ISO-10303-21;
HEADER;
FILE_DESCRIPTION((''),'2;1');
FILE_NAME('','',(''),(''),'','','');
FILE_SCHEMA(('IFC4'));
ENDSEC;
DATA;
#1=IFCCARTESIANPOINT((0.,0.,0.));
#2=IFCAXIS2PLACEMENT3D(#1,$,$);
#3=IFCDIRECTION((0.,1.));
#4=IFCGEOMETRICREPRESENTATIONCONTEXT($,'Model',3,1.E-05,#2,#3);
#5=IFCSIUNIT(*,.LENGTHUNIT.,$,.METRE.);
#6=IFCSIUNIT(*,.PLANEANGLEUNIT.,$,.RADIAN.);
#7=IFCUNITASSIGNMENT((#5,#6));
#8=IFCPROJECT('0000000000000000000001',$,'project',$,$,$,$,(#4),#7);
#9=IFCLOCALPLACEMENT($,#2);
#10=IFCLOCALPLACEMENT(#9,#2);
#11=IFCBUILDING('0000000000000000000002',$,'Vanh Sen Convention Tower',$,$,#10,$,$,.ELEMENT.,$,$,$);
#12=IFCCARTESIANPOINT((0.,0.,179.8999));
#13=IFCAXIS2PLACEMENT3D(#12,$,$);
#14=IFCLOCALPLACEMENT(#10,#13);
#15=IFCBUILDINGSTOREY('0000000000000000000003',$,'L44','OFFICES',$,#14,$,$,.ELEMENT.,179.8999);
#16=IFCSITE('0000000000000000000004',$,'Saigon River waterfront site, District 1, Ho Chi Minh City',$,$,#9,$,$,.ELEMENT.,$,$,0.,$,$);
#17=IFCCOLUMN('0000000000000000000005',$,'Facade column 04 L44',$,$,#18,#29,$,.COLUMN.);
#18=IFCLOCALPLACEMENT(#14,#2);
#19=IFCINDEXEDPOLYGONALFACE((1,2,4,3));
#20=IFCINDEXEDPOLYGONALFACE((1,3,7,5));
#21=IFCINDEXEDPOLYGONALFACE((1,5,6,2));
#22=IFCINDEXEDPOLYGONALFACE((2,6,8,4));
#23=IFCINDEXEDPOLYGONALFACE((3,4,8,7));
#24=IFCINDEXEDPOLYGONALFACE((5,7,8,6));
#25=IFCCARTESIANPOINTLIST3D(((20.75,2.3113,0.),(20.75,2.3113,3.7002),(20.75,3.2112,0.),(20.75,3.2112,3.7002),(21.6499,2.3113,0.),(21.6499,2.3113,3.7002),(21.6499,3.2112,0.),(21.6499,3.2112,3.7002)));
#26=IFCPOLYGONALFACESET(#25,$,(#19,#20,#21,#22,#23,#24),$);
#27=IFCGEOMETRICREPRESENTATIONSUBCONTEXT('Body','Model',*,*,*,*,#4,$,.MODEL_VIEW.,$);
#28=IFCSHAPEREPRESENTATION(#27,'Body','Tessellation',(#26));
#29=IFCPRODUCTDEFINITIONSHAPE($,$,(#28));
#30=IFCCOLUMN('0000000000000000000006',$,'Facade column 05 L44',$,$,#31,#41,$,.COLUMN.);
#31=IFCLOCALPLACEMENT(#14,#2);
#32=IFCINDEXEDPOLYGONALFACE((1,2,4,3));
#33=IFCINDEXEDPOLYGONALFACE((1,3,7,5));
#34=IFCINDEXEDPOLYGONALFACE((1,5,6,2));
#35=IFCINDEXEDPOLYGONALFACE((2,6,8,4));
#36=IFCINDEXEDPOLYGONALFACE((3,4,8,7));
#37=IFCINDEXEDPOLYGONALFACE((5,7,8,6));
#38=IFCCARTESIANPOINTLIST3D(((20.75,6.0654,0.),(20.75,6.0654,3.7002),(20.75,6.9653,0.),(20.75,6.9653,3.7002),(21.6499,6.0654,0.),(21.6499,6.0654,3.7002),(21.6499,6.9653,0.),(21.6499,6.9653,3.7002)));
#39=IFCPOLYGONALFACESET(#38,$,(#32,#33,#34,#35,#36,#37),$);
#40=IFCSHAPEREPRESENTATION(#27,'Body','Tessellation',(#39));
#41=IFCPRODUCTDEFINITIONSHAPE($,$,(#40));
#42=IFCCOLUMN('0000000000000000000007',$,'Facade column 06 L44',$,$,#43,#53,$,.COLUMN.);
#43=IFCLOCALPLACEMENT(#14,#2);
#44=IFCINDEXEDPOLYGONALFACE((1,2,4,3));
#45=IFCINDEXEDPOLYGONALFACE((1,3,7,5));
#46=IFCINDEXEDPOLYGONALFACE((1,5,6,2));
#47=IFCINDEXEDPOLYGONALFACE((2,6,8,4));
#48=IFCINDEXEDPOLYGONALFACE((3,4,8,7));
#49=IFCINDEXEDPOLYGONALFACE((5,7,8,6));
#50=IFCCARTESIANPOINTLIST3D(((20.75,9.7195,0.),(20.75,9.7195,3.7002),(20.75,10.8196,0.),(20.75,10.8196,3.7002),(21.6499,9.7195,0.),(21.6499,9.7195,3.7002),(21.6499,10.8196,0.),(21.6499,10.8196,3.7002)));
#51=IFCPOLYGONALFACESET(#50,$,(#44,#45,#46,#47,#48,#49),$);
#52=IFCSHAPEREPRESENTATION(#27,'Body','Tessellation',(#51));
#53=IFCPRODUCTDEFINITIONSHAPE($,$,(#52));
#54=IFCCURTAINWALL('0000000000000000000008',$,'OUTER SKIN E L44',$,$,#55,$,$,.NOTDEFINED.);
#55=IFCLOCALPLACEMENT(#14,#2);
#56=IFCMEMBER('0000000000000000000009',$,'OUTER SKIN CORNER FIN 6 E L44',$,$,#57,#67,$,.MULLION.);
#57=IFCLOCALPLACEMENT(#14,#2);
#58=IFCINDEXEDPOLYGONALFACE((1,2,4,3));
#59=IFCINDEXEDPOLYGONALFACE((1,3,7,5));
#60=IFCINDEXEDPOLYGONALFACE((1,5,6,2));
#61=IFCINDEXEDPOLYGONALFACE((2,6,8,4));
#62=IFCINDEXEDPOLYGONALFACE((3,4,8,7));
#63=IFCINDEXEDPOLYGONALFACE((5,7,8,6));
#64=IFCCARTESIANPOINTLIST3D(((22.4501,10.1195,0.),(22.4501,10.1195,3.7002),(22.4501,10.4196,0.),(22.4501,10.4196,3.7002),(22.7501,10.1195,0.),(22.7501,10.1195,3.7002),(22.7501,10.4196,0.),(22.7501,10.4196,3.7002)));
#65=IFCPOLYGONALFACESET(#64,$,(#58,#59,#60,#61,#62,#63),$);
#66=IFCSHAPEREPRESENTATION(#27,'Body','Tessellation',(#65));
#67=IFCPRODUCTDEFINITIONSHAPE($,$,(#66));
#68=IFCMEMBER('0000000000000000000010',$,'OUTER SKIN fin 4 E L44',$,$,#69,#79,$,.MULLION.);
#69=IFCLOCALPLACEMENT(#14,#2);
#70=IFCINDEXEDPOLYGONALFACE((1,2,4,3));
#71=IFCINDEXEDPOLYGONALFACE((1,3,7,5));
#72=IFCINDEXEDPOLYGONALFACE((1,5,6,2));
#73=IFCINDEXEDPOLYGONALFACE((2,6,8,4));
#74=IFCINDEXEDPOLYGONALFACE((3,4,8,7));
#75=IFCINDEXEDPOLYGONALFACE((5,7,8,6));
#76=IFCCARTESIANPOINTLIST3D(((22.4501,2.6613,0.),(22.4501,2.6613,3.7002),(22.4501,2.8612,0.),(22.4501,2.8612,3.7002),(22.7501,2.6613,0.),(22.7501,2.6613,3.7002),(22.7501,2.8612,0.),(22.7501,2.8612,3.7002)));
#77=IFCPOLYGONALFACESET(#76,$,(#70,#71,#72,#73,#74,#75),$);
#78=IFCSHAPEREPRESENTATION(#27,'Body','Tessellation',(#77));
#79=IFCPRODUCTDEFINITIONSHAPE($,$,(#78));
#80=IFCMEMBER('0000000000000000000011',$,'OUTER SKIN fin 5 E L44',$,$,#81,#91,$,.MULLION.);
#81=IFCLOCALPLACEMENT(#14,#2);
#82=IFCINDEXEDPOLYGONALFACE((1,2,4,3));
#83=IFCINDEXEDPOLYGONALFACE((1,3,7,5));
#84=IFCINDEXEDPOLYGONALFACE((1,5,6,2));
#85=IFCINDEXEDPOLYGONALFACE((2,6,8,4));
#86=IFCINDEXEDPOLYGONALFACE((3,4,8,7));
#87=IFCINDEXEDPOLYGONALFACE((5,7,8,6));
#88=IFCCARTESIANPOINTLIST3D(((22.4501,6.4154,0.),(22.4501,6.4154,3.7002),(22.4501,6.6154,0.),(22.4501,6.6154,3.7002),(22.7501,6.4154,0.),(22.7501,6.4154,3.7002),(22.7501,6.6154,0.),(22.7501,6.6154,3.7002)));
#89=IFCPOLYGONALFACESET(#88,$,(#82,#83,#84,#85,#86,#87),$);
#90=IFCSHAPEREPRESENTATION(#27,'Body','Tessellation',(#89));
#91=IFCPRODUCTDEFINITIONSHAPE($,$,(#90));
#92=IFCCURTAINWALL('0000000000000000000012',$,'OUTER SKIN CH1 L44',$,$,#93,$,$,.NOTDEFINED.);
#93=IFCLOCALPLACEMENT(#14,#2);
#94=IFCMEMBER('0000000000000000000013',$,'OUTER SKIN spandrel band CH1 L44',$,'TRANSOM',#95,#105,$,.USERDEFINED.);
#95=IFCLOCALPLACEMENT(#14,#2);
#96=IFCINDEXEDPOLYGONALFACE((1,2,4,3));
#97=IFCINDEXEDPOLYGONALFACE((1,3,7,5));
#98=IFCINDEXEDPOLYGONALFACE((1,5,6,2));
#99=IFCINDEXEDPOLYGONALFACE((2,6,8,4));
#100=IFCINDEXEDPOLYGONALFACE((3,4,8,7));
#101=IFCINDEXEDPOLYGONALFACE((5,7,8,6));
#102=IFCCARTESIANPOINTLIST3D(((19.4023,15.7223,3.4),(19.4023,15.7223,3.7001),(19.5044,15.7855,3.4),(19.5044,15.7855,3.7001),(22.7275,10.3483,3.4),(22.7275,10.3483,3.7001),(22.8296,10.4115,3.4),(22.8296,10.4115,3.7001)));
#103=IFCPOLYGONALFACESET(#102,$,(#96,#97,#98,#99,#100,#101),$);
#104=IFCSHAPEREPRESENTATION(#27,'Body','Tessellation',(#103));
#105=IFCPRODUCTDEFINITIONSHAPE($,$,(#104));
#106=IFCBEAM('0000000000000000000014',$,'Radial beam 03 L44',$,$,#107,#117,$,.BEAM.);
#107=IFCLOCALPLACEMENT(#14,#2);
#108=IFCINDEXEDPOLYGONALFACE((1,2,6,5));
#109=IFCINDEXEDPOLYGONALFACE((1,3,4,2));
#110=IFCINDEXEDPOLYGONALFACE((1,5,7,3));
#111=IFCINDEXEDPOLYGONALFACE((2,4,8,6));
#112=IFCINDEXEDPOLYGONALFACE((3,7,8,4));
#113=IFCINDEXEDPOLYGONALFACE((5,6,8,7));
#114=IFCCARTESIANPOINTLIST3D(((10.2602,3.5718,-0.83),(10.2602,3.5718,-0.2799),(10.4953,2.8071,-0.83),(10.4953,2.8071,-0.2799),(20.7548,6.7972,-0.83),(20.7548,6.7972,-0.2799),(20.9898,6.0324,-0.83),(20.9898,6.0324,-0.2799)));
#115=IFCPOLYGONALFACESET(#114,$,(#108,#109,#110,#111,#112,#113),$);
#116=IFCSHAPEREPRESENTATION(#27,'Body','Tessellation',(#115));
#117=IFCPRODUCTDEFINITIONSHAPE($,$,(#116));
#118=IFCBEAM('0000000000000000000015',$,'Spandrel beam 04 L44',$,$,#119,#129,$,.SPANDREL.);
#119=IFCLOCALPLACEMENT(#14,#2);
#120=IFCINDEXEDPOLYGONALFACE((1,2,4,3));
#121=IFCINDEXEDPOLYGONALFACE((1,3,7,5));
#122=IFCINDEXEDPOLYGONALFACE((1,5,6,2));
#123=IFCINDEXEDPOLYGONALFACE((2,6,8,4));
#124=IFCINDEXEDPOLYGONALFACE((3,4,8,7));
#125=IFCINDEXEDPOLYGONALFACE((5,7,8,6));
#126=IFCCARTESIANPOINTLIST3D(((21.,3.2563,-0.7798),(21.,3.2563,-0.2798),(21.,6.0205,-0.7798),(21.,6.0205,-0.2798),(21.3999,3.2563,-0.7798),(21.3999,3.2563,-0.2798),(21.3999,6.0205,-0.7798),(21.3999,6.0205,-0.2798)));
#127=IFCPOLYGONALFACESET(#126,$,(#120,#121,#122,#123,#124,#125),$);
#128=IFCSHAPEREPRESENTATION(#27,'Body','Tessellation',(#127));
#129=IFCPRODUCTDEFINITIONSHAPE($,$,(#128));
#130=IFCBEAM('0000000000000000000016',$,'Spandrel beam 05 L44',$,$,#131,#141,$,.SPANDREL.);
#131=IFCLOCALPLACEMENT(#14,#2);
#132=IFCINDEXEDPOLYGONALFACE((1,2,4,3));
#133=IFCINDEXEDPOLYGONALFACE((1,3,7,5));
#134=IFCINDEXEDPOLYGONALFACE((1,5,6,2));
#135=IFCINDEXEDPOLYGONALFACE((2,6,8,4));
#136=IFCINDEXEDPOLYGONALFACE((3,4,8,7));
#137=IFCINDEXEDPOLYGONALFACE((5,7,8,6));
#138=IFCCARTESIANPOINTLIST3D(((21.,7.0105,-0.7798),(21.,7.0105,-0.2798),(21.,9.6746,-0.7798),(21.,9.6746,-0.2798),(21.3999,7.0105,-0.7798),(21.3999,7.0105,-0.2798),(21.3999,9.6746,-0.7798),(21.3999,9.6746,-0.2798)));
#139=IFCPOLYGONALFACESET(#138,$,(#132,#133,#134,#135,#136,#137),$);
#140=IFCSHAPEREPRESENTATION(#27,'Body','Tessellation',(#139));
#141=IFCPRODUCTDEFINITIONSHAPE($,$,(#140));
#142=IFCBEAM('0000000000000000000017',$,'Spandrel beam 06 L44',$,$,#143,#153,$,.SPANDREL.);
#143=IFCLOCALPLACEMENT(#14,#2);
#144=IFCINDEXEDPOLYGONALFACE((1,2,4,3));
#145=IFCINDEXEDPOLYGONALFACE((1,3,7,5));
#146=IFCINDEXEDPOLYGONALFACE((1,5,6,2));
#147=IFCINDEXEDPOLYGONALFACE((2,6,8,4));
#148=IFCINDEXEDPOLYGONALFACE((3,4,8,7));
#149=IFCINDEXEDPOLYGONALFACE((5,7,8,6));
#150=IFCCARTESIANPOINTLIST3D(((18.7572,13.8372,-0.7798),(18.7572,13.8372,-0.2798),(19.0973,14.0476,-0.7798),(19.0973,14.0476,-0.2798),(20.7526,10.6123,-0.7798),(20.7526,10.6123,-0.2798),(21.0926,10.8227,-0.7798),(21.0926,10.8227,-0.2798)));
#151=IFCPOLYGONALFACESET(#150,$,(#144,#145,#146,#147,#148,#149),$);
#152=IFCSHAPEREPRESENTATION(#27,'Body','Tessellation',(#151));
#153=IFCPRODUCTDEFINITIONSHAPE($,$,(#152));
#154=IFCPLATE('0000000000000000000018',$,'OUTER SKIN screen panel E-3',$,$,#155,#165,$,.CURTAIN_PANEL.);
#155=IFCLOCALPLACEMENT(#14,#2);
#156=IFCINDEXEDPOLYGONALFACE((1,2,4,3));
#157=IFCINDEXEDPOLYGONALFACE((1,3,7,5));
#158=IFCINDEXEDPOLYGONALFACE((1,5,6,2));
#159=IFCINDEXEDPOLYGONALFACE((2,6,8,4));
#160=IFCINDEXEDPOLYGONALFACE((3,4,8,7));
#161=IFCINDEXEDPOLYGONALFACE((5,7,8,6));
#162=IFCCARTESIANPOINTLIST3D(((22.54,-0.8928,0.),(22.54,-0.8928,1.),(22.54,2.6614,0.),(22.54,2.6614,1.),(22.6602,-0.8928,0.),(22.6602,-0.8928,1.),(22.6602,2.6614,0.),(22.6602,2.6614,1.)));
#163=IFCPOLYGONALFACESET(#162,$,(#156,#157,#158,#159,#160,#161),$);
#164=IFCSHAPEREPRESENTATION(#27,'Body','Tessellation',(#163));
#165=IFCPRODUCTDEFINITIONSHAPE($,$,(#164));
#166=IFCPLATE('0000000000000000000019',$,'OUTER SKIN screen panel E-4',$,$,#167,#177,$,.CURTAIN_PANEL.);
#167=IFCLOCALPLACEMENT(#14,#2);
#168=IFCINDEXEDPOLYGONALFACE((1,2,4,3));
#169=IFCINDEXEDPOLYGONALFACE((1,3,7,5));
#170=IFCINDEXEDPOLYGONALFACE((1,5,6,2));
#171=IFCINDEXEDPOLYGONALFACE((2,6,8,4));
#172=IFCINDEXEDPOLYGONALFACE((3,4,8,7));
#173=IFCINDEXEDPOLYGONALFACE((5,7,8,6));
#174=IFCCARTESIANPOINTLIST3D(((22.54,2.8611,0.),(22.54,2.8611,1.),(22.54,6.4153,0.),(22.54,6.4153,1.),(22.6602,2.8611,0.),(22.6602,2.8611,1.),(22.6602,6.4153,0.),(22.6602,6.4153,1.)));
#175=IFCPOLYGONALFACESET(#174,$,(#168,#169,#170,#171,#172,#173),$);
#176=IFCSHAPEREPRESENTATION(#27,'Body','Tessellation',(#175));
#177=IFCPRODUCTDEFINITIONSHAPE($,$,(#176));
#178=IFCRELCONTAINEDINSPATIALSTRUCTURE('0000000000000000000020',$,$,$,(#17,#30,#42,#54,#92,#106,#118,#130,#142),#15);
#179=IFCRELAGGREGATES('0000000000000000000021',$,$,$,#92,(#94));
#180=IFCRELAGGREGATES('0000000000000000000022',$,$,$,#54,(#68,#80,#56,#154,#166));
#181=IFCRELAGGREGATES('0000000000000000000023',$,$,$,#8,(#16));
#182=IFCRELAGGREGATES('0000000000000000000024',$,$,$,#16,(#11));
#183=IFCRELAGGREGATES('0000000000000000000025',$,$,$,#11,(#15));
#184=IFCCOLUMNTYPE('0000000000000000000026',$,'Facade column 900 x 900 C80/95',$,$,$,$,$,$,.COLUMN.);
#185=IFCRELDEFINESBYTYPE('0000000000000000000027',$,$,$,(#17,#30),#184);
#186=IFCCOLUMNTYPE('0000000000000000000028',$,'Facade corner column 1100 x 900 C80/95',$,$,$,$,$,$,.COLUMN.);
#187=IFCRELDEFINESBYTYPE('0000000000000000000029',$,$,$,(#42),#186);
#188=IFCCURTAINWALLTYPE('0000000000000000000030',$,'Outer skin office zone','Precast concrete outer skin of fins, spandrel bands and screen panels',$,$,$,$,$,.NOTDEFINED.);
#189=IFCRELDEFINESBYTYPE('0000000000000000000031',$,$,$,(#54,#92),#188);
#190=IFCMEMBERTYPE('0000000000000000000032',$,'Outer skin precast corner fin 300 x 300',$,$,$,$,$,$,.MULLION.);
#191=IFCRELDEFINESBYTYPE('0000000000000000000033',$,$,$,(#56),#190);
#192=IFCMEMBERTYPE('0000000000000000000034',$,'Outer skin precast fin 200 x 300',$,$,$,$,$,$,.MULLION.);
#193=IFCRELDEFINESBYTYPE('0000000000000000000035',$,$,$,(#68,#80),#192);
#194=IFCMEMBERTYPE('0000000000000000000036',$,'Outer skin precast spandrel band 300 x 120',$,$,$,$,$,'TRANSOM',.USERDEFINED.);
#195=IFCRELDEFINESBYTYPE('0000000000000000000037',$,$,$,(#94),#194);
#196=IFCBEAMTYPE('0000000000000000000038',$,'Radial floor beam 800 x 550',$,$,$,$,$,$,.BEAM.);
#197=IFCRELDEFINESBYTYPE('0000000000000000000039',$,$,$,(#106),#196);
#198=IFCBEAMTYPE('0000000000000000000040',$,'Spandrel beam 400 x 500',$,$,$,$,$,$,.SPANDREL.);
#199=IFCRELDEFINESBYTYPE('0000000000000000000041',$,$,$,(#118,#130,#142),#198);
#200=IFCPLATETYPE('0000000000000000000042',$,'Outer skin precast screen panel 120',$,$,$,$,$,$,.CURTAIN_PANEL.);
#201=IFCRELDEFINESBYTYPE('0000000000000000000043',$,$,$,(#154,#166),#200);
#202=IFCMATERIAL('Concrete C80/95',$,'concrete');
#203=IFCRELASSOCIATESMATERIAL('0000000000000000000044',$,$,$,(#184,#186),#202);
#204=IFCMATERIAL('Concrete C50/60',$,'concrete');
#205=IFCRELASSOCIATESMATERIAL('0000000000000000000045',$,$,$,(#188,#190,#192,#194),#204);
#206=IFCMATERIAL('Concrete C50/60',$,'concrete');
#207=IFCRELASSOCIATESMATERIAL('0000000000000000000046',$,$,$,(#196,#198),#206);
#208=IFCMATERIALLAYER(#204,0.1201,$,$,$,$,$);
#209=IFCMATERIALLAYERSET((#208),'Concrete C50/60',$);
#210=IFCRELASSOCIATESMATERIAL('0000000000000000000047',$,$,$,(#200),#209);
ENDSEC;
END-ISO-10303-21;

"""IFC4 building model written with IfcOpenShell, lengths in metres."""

from ifc_helpers import new_model, si_unit, direction, frame, origin, origin_2d, place, context, subcontext, project, spatial, rectangle, extrude, material, layer, layer_set, material_profile, profile_set, type_object, element, aggregate, save


model = new_model("IFC4")

# Units and contexts
model_context = context("Model", 3, precision=1e-05, world=origin(), true_north=direction((0.0, 1.0)))
body_context = subcontext(model_context, "Body", "Model", "MODEL_VIEW")
ifc_project = project(units=[si_unit("LENGTHUNIT", "METRE"), si_unit("PLANEANGLEUNIT", "RADIAN")], contexts=[model_context])

# Site, building, storey
site_placement = place(None, origin())
site = spatial("IfcSite", under=ifc_project, at=site_placement, Name="Saigon River waterfront site, District 1, Ho Chi Minh City", CompositionType="ELEMENT", RefElevation=0.0)
building_placement = place(site_placement, origin())
building = spatial("IfcBuilding", under=site, at=building_placement, Name="Vanh Sen Convention Tower", CompositionType="ELEMENT")
storey_placement = place(building_placement, frame((0.0, 0.0, 179.8999)))
storey = spatial("IfcBuildingStorey", under=building, at=storey_placement, Name="L44", Description="OFFICES", CompositionType="ELEMENT", Elevation=179.8999)

# Columns
ifc_material_1 = material(Name="Concrete C80/95", Category="concrete")
ifc_material_profile_1 = material_profile(ifc_material_1, rectangle(XDim=0.8999, YDim=0.8999, at=origin_2d()), Name="RC 900X900")
ifc_profile_set_1 = profile_set([ifc_material_profile_1], Name="Concrete C80/95")
column_type_1 = type_object("IfcColumnType", Name="Facade column 900 x 900 C80/95", PredefinedType="COLUMN", material=ifc_profile_set_1)
for number, where, z_axis, x_axis, name in (
    (1, (21.2, 2.7612, 0.0), (0.0, 0.0, 1.0), (0.0, 1.0, 0.0), "Facade column 04 L44"),
    (2, (21.2, 6.5154, 0.0), (0.0, 0.0, 1.0), (0.0, 1.0, 0.0), "Facade column 05 L44"),
):
    element("IfcColumn", number, at=place(storey_placement, frame(where, z_axis=z_axis, x_axis=x_axis)), inside=storey, type_object=column_type_1, Name=name, PredefinedType="COLUMN", context=body_context, shape_type="SweptSolid", body=[
        extrude(rectangle(XDim=0.8999, YDim=0.8999, at=origin_2d()), origin(), (0.0, 0.0, 1.0), 3.7002),
    ])
ifc_material_profile_2 = material_profile(ifc_material_1, rectangle(XDim=1.1001, YDim=0.8999, at=origin_2d()), Name="RC 1100X900")
ifc_profile_set_2 = profile_set([ifc_material_profile_2], Name="Concrete C80/95")
column_type_2 = type_object("IfcColumnType", Name="Facade corner column 1100 x 900 C80/95", PredefinedType="COLUMN", material=ifc_profile_set_2)
column_placement = place(storey_placement, frame((21.2, 10.2695, 0.0), z_axis=(0.0, 0.0, 1.0), x_axis=(0.0, 1.0, 0.0)))
element("IfcColumn", 3, at=column_placement, inside=storey, type_object=column_type_2, Name="Facade column 06 L44", PredefinedType="COLUMN", context=body_context, shape_type="SweptSolid", body=[
    extrude(rectangle(XDim=1.1001, YDim=0.8999, at=origin_2d()), origin(), (0.0, 0.0, 1.0), 3.7002),
])

# Curtain wall, members
ifc_material_2 = material(Name="Concrete C50/60", Category="concrete")
curtain_wall_type = type_object("IfcCurtainWallType", Name="Outer skin office zone", Description="Precast concrete outer skin of fins, spandrel bands and screen panels", PredefinedType="NOTDEFINED", material=ifc_material_2)
curtain_wall_1_placement = place(storey_placement, origin())
curtain_wall_1 = element("IfcCurtainWall", 4, at=curtain_wall_1_placement, inside=storey, type_object=curtain_wall_type, Name="OUTER SKIN E L44", PredefinedType="NOTDEFINED")
ifc_material_profile_3 = material_profile(ifc_material_2, rectangle(XDim=0.3, YDim=0.3, at=origin_2d()), Name="Outer skin precast corner fin 300 x 300")
ifc_profile_set_3 = profile_set([ifc_material_profile_3], Name="Concrete C50/60")
member_type_1 = type_object("IfcMemberType", Name="Outer skin precast corner fin 300 x 300", PredefinedType="MULLION", material=ifc_profile_set_3)
member_1_placement = place(storey_placement, frame((22.6001, 10.2695, 0.0), z_axis=(0.0, 0.0, 1.0), x_axis=(0.0, 1.0, 0.0)))
member_1 = element("IfcMember", 5, at=member_1_placement, type_object=member_type_1, Name="OUTER SKIN CORNER FIN 6 E L44", PredefinedType="MULLION", context=body_context, shape_type="SweptSolid", body=[
    extrude(rectangle(XDim=0.3, YDim=0.3, at=origin_2d()), origin(), (0.0, 0.0, 1.0), 3.7002),
])
ifc_material_profile_4 = material_profile(ifc_material_2, rectangle(XDim=0.2, YDim=0.3, at=origin_2d()), Name="Outer skin precast fin 200 x 300")
ifc_profile_set_4 = profile_set([ifc_material_profile_4], Name="Concrete C50/60")
member_type_2 = type_object("IfcMemberType", Name="Outer skin precast fin 200 x 300", PredefinedType="MULLION", material=ifc_profile_set_4)
member_2_placement = place(storey_placement, frame((22.6001, 2.7612, 0.0), z_axis=(0.0, 0.0, 1.0), x_axis=(0.0, 1.0, 0.0)))
member_2 = element("IfcMember", 6, at=member_2_placement, type_object=member_type_2, Name="OUTER SKIN fin 4 E L44", PredefinedType="MULLION", context=body_context, shape_type="SweptSolid", body=[
    extrude(rectangle(XDim=0.2, YDim=0.3, at=origin_2d()), origin(), (0.0, 0.0, 1.0), 3.7002),
])
member_3_placement = place(storey_placement, frame((22.6001, 6.5154, 0.0), z_axis=(0.0, 0.0, 1.0), x_axis=(0.0, 1.0, 0.0)))
member_3 = element("IfcMember", 7, at=member_3_placement, type_object=member_type_2, Name="OUTER SKIN fin 5 E L44", PredefinedType="MULLION", context=body_context, shape_type="SweptSolid", body=[
    extrude(rectangle(XDim=0.2, YDim=0.3, at=origin_2d()), origin(), (0.0, 0.0, 1.0), 3.7002),
])

# Curtain wall, member
curtain_wall_2_placement = place(storey_placement, origin())
curtain_wall_2 = element("IfcCurtainWall", 8, at=curtain_wall_2_placement, inside=storey, type_object=curtain_wall_type, Name="OUTER SKIN CH1 L44", PredefinedType="NOTDEFINED")
ifc_material_profile_5 = material_profile(ifc_material_2, rectangle(XDim=0.1201, YDim=0.3, at=origin_2d()), Name="Outer skin precast spandrel band 300 x 120")
ifc_profile_set_5 = profile_set([ifc_material_profile_5], Name="Concrete C50/60")
member_type_3 = type_object("IfcMemberType", Name="Outer skin precast spandrel band 300 x 120", ElementType="TRANSOM", PredefinedType="USERDEFINED", material=ifc_profile_set_5)
member_4_placement = place(storey_placement, frame((22.7786, 10.3799, 3.55), z_axis=(-0.526174, 0.850377, 0.0), x_axis=(-0.850377, -0.526174, 0.0)))
member_4 = element("IfcMember", 9, at=member_4_placement, type_object=member_type_3, Name="OUTER SKIN spandrel band CH1 L44", ObjectType="TRANSOM", PredefinedType="USERDEFINED", context=body_context, shape_type="SweptSolid", body=[
    extrude(rectangle(XDim=0.1201, YDim=0.3, at=origin_2d()), origin(), (0.0, 0.0, 1.0), 6.3196),
])
aggregate(curtain_wall_2, [member_4])

# Beams
ifc_material_3 = material(Name="Concrete C50/60", Category="concrete")
ifc_material_profile_6 = material_profile(ifc_material_3, rectangle(XDim=0.8, YDim=0.55, at=origin_2d()), Name="RC 800X550")
ifc_profile_set_6 = profile_set([ifc_material_profile_6], Name="Concrete C50/60")
beam_type_1 = type_object("IfcBeamType", Name="Radial floor beam 800 x 550", PredefinedType="BEAM", material=ifc_profile_set_6)
beam_1_placement = place(storey_placement, frame((20.8723, 6.4148, -0.5549), z_axis=(-0.955876, -0.293772, 0.0), x_axis=(0.293772, -0.955876, 0.0)))
element("IfcBeam", 10, at=beam_1_placement, inside=storey, type_object=beam_type_1, Name="Radial beam 03 L44", PredefinedType="BEAM", context=body_context, shape_type="SweptSolid", body=[
    extrude(rectangle(XDim=0.8, YDim=0.55, at=origin_2d()), origin(), (0.0, 0.0, 1.0), 10.979),
])
ifc_material_profile_7 = material_profile(ifc_material_3, rectangle(XDim=0.3999, YDim=0.5, at=origin_2d()), Name="RC 400X500")
ifc_profile_set_7 = profile_set([ifc_material_profile_7], Name="Concrete C50/60")
beam_type_2 = type_object("IfcBeamType", Name="Spandrel beam 400 x 500", PredefinedType="SPANDREL", material=ifc_profile_set_7)
beam_2_placement = place(storey_placement, frame((21.2, 3.2563, -0.5298), z_axis=(0.0, 1.0, 0.0), x_axis=(-1.0, 0.0, 0.0)))
element("IfcBeam", 11, at=beam_2_placement, inside=storey, type_object=beam_type_2, Name="Spandrel beam 04 L44", PredefinedType="SPANDREL", context=body_context, shape_type="SweptSolid", body=[
    extrude(rectangle(XDim=0.3999, YDim=0.5, at=origin_2d()), origin(), (0.0, 0.0, 1.0), 2.7642),
])
beam_3_placement = place(storey_placement, frame((21.2, 7.0105, -0.5298), z_axis=(0.0, 1.0, 0.0), x_axis=(-1.0, 0.0, 0.0)))
element("IfcBeam", 12, at=beam_3_placement, inside=storey, type_object=beam_type_2, Name="Spandrel beam 05 L44", PredefinedType="SPANDREL", context=body_context, shape_type="SweptSolid", body=[
    extrude(rectangle(XDim=0.3999, YDim=0.5, at=origin_2d()), origin(), (0.0, 0.0, 1.0), 2.6641),
])
beam_4_placement = place(storey_placement, frame((20.9226, 10.7175, -0.5298), z_axis=(-0.526168, 0.85038, 0.0), x_axis=(-0.85038, -0.526168, 0.0)))
element("IfcBeam", 13, at=beam_4_placement, inside=storey, type_object=beam_type_2, Name="Spandrel beam 06 L44", PredefinedType="SPANDREL", context=body_context, shape_type="SweptSolid", body=[
    extrude(rectangle(XDim=0.3999, YDim=0.5, at=origin_2d()), origin(), (0.0, 0.0, 1.0), 3.7922),
])

# Plates
ifc_layer_1 = layer(ifc_material_2, 0.1201)
ifc_layer_set_1 = layer_set([ifc_layer_1], Name="Concrete C50/60")
plate_type = type_object("IfcPlateType", Name="Outer skin precast screen panel 120", PredefinedType="CURTAIN_PANEL", material=ifc_layer_set_1)
plate_1_placement = place(storey_placement, frame((22.6001, 0.8843, 0.0), z_axis=(0.0, 0.0, 1.0), x_axis=(0.0, 1.0, 0.0)))
plate_1 = element("IfcPlate", 14, at=plate_1_placement, type_object=plate_type, Name="OUTER SKIN screen panel E-3", PredefinedType="CURTAIN_PANEL", context=body_context, shape_type="SweptSolid", body=[
    extrude(rectangle(XDim=3.5542, YDim=0.1201, at=origin_2d()), origin(), (0.0, 0.0, 1.0), 1.0),
])
plate_2_placement = place(storey_placement, frame((22.6001, 4.6382, 0.0), z_axis=(0.0, 0.0, 1.0), x_axis=(0.0, 1.0, 0.0)))
plate_2 = element("IfcPlate", 15, at=plate_2_placement, type_object=plate_type, Name="OUTER SKIN screen panel E-4", PredefinedType="CURTAIN_PANEL", context=body_context, shape_type="SweptSolid", body=[
    extrude(rectangle(XDim=3.5542, YDim=0.1201, at=origin_2d()), origin(), (0.0, 0.0, 1.0), 1.0),
])
aggregate(curtain_wall_1, [member_2, member_3, member_1, plate_1, plate_2])

save(model, "model.ifc")
